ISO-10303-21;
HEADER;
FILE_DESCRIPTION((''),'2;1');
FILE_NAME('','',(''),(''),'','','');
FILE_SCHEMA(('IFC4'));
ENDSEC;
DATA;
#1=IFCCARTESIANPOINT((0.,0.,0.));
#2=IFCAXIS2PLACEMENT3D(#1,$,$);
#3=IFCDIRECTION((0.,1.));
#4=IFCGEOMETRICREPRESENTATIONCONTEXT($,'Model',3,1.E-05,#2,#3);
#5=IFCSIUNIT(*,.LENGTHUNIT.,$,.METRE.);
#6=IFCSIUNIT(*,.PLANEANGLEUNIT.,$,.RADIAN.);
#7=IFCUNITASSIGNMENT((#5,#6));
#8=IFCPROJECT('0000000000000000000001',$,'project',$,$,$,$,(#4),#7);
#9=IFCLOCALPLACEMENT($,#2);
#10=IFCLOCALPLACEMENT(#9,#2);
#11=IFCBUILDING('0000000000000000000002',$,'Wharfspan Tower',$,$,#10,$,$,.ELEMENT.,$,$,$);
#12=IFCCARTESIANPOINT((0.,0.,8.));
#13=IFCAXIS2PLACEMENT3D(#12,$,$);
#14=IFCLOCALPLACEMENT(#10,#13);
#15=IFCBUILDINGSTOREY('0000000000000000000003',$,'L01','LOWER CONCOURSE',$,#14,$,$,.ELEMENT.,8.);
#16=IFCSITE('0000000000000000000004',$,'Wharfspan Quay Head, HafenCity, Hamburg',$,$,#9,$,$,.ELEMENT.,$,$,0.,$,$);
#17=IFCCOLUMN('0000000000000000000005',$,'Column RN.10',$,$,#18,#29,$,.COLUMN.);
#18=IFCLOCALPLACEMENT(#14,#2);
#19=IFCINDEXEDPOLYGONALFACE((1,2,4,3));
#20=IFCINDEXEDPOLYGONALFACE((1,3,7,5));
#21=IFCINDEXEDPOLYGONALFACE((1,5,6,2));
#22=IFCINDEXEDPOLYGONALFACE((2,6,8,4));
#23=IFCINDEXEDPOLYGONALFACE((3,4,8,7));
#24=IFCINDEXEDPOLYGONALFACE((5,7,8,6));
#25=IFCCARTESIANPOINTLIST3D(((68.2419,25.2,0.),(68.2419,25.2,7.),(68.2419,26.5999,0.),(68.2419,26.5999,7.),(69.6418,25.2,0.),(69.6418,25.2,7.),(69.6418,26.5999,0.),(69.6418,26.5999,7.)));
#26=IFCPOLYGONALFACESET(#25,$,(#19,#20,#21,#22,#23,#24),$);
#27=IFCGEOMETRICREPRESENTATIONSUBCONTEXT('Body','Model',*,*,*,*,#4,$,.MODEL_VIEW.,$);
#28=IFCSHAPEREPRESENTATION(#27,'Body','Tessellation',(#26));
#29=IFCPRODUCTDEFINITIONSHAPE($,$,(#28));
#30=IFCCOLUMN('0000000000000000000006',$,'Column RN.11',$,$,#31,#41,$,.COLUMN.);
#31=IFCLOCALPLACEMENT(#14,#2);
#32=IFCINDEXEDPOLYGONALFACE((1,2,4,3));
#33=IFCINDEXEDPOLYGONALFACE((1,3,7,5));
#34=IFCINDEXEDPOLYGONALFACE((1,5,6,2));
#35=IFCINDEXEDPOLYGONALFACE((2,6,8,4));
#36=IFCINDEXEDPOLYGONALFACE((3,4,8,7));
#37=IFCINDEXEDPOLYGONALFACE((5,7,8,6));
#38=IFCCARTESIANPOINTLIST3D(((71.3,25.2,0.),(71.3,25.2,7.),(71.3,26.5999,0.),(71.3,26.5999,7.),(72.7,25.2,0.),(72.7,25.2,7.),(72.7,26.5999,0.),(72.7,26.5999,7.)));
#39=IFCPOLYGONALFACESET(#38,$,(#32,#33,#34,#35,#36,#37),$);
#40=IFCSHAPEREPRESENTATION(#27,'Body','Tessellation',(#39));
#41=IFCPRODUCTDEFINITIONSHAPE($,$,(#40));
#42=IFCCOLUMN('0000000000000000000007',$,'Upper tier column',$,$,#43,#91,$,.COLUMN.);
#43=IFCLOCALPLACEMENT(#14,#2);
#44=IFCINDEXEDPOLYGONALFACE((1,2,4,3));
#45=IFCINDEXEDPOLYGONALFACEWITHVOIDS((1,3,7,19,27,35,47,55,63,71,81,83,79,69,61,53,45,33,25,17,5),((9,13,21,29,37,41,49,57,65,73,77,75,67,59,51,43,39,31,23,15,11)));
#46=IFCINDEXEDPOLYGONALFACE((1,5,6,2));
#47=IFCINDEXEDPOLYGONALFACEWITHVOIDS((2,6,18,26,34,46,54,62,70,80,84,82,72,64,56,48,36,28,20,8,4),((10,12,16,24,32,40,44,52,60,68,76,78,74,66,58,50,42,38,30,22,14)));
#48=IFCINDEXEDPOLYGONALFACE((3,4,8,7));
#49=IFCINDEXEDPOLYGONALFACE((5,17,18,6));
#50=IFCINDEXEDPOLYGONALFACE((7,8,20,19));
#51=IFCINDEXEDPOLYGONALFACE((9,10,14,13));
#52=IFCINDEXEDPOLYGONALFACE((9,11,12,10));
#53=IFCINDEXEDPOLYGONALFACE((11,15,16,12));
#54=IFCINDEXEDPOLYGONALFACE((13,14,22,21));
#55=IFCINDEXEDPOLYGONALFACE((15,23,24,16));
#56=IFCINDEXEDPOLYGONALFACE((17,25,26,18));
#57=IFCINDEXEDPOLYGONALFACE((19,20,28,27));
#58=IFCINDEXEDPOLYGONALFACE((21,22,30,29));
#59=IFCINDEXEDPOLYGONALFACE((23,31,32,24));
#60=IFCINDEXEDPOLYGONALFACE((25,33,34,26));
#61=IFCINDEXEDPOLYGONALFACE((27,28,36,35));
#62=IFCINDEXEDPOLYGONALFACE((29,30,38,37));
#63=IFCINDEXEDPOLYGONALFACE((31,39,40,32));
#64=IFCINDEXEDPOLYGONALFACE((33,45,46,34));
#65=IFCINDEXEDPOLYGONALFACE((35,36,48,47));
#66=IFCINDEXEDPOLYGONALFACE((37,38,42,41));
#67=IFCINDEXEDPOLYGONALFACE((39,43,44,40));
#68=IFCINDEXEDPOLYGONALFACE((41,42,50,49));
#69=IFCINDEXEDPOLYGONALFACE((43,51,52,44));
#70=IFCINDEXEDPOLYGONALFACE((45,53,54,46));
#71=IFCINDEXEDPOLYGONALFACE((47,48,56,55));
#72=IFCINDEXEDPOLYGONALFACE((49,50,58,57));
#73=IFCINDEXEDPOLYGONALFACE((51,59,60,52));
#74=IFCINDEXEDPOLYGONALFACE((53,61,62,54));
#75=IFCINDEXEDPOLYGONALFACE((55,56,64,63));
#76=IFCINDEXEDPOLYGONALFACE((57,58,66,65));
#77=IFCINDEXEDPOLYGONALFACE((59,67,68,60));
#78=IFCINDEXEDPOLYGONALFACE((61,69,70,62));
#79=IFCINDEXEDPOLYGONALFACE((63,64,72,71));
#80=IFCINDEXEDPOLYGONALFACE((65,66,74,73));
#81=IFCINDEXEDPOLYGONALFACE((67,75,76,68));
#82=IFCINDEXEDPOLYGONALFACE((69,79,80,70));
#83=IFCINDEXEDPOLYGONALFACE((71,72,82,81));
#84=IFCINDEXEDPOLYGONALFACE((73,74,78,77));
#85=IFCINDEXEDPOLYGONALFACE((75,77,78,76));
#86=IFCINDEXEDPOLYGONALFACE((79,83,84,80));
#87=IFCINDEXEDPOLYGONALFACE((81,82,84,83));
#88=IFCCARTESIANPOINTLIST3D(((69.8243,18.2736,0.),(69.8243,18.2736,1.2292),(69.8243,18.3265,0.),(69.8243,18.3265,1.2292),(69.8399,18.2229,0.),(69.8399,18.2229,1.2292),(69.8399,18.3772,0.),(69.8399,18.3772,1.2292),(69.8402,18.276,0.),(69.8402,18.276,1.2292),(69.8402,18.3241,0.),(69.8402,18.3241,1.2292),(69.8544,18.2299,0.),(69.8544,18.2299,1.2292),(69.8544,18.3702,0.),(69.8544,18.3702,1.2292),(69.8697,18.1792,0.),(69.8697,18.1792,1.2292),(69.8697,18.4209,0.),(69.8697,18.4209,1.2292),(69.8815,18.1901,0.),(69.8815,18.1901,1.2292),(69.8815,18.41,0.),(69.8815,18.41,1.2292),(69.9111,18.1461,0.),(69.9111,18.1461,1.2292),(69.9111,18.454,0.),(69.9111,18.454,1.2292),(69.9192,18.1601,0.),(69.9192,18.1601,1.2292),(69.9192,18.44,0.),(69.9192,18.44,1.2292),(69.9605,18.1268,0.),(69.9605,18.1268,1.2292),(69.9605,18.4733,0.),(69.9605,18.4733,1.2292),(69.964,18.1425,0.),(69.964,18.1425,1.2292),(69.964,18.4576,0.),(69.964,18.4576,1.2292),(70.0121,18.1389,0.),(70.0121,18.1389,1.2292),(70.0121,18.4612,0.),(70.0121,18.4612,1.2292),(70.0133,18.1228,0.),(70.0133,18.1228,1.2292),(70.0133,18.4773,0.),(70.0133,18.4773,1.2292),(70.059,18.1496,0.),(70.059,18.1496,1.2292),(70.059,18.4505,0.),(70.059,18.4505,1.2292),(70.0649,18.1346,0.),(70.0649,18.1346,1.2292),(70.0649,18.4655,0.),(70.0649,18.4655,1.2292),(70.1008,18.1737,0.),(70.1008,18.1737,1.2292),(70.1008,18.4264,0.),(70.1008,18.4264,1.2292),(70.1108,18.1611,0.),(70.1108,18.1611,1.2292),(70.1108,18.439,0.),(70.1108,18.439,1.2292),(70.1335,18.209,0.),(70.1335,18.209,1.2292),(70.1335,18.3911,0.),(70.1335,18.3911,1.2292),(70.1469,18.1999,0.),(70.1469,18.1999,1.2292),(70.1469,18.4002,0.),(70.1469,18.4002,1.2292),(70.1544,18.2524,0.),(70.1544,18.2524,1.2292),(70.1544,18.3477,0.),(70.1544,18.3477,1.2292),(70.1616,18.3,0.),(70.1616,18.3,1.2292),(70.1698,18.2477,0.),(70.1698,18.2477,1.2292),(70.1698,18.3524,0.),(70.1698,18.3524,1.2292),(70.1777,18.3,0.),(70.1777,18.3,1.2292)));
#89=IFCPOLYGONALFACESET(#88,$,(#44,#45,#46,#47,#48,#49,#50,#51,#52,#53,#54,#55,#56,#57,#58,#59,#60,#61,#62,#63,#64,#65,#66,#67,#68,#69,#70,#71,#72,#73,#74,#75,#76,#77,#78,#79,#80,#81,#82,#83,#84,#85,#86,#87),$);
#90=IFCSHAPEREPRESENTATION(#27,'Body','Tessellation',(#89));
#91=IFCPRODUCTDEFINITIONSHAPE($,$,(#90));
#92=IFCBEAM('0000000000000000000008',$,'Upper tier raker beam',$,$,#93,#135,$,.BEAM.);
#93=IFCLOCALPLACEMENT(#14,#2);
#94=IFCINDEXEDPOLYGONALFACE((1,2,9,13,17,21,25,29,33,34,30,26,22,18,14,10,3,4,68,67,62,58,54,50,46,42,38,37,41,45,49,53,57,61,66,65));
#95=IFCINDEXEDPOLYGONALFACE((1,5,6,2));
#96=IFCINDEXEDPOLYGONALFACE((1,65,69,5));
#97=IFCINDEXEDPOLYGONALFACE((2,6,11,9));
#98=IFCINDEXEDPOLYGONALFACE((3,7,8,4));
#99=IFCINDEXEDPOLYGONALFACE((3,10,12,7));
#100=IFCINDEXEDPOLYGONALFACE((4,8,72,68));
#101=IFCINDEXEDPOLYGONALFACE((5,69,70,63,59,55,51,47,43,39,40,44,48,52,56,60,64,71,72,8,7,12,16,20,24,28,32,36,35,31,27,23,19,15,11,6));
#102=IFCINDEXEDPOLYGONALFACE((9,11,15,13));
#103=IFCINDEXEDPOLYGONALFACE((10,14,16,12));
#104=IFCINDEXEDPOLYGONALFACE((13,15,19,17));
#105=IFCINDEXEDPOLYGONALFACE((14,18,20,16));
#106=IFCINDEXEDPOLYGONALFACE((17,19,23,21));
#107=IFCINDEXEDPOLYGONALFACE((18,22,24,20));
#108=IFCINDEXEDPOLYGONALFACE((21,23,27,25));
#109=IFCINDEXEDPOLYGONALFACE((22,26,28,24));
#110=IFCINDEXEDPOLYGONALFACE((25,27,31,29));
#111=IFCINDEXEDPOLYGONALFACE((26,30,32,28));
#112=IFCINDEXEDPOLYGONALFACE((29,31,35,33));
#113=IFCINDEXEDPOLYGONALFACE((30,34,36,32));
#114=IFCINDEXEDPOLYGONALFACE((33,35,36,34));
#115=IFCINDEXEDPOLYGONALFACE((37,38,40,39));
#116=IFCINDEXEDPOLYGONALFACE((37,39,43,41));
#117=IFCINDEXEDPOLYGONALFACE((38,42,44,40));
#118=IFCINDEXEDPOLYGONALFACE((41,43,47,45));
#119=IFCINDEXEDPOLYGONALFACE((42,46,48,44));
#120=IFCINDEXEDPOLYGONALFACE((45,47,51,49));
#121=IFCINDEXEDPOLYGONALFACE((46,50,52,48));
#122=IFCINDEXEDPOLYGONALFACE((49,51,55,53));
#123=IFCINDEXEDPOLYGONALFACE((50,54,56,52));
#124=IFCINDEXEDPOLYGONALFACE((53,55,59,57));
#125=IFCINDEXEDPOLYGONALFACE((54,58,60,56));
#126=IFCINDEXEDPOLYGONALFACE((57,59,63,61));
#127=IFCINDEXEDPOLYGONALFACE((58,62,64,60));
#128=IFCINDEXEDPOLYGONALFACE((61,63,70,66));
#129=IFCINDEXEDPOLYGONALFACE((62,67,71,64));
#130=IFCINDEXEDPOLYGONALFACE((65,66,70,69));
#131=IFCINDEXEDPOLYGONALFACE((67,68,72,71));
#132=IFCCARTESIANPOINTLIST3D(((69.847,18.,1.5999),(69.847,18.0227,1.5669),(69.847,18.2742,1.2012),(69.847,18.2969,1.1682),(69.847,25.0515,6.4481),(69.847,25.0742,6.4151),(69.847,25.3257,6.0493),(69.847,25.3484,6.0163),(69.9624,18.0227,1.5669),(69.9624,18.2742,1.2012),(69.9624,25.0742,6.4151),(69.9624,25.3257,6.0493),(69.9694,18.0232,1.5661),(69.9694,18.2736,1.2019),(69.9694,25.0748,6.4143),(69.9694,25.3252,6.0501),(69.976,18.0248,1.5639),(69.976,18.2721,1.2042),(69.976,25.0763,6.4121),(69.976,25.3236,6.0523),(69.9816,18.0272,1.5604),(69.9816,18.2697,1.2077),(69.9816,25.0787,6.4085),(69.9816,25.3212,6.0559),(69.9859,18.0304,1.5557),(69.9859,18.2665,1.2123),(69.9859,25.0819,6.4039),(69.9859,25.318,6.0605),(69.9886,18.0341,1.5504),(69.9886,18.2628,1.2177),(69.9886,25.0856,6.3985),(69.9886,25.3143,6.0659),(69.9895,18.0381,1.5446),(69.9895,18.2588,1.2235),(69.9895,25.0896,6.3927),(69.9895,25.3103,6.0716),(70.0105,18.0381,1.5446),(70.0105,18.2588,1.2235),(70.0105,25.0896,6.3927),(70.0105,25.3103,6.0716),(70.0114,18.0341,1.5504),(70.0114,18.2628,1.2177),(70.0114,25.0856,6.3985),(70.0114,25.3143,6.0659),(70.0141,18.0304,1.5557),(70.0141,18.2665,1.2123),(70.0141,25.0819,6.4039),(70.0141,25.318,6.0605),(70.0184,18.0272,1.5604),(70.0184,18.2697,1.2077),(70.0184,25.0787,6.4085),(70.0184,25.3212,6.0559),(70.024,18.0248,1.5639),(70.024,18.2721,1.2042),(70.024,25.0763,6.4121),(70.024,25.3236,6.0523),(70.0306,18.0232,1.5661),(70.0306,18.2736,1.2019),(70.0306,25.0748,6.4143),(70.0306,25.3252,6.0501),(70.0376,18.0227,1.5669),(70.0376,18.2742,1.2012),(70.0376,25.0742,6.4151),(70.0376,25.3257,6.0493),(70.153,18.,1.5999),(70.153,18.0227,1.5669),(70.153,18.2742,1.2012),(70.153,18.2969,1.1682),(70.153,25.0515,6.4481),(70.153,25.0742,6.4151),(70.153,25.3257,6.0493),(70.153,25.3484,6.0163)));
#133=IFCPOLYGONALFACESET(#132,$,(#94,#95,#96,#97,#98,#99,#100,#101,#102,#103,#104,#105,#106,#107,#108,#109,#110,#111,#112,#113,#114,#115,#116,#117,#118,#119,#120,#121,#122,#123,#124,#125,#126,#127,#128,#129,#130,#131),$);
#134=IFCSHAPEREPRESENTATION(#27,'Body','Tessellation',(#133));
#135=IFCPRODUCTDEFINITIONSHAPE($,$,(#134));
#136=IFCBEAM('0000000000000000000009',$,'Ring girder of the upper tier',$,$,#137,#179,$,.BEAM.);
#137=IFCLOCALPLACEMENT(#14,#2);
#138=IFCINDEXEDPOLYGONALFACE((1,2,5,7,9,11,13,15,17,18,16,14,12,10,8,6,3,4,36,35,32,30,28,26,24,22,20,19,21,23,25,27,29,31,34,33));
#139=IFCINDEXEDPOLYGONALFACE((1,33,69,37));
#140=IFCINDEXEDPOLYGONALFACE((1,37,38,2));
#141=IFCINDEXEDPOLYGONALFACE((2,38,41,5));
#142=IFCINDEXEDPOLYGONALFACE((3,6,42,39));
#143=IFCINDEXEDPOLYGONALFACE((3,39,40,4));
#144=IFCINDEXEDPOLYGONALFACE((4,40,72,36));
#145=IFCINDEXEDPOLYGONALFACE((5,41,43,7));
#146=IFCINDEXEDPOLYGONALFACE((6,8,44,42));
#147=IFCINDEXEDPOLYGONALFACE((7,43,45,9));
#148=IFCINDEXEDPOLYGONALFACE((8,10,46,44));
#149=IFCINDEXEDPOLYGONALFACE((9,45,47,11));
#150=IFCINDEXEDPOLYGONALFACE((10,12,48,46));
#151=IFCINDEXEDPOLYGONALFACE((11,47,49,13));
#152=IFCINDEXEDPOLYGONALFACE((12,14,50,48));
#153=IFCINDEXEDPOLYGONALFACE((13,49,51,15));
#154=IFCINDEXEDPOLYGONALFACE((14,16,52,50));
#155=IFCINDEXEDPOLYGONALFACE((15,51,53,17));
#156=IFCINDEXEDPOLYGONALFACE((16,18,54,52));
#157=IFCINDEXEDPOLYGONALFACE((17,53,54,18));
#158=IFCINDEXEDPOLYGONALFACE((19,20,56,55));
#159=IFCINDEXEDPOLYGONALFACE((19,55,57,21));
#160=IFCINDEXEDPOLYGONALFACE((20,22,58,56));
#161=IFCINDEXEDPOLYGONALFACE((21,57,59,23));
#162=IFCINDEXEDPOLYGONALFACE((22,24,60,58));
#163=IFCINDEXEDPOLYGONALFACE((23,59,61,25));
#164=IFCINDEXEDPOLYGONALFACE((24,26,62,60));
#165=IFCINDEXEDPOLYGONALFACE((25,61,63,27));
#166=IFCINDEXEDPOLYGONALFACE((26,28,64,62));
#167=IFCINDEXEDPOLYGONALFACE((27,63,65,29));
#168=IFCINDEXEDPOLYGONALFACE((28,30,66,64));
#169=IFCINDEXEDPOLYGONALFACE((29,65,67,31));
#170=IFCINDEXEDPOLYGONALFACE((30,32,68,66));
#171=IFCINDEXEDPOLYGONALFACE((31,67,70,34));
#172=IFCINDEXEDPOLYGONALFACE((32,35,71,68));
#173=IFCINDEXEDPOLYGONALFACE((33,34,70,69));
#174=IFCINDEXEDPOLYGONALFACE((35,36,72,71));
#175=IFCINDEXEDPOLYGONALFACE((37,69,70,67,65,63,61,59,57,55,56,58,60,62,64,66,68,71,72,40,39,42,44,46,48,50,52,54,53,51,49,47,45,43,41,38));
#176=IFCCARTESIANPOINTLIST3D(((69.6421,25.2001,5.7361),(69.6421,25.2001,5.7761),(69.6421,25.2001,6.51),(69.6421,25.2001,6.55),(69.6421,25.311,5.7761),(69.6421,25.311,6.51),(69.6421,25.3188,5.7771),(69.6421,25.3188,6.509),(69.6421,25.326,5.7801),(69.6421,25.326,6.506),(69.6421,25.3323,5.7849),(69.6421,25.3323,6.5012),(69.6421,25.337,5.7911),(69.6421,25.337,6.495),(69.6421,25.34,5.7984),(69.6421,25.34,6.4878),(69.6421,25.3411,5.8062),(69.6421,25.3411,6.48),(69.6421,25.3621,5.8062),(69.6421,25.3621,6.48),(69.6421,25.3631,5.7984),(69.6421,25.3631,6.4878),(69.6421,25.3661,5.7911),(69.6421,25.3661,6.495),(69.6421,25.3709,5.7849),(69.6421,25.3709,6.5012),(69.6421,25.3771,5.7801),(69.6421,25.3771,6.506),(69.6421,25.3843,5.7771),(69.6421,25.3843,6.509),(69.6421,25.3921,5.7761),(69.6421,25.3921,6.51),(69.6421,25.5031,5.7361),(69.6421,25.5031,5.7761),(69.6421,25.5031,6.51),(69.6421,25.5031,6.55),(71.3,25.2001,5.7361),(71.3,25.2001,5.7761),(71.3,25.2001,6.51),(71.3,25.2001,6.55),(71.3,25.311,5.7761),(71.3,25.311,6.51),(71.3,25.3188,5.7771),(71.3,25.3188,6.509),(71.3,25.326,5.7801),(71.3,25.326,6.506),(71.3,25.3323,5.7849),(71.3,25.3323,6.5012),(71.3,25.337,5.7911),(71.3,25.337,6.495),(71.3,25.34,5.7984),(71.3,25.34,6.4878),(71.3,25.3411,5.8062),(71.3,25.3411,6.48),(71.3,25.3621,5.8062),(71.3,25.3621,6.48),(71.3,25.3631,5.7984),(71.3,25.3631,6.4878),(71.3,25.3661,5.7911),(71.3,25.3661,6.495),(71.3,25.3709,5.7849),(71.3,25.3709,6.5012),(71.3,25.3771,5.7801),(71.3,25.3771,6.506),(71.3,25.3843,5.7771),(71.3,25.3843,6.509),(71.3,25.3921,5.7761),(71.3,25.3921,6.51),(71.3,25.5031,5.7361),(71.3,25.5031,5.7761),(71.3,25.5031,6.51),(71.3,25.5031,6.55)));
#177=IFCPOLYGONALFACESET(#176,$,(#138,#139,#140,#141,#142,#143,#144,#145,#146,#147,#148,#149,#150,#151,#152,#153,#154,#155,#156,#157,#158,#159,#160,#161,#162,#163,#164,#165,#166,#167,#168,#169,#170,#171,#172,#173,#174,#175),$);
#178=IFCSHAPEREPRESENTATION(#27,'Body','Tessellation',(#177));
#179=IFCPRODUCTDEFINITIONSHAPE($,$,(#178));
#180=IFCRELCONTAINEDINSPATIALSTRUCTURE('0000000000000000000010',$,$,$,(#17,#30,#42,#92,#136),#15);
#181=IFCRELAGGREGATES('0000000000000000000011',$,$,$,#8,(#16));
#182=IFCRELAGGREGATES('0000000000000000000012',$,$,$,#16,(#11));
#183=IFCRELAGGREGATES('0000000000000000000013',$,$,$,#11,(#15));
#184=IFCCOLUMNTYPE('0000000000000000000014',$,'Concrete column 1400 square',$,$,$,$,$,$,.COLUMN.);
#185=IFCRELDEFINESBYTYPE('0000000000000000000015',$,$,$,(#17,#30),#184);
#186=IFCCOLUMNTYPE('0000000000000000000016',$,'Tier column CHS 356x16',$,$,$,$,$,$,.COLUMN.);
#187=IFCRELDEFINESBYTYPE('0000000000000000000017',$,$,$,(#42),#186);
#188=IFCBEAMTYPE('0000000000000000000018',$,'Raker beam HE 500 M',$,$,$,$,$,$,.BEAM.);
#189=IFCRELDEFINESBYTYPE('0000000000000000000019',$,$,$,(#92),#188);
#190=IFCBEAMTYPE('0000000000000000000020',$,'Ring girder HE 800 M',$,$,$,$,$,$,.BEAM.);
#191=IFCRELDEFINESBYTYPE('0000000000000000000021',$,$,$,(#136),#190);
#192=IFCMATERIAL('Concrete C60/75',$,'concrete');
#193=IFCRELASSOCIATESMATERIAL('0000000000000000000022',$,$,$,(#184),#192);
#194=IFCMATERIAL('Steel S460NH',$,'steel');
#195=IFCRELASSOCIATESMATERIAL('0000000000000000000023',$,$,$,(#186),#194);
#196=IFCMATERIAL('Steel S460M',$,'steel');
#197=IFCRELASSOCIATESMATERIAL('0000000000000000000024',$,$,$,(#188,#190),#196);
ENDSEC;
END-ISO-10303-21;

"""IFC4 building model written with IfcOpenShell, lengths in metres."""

from ifc_helpers import new_model, si_unit, direction, frame, origin, origin_2d, place, context, subcontext, project, spatial, rectangle, hollow_circle, i_section, extrude, material, material_profile, profile_set, type_object, element, save


model = new_model("IFC4")

# Units and contexts
model_context = context("Model", 3, precision=1e-05, world=origin(), true_north=direction((0.0, 1.0)))
body_context = subcontext(model_context, "Body", "Model", "MODEL_VIEW")
ifc_project = project(units=[si_unit("LENGTHUNIT", "METRE"), si_unit("PLANEANGLEUNIT", "RADIAN")], contexts=[model_context])

# Site, building, storey
site_placement = place(None, origin())
site = spatial("IfcSite", under=ifc_project, at=site_placement, Name="Wharfspan Quay Head, HafenCity, Hamburg", CompositionType="ELEMENT", RefElevation=0.0)
building_placement = place(site_placement, origin())
building = spatial("IfcBuilding", under=site, at=building_placement, Name="Wharfspan Tower", CompositionType="ELEMENT")
storey_placement = place(building_placement, frame((0.0, 0.0, 8.0)))
storey = spatial("IfcBuildingStorey", under=building, at=storey_placement, Name="L01", Description="LOWER CONCOURSE", CompositionType="ELEMENT", Elevation=8.0)

# Columns
ifc_material_1 = material(Name="Concrete C60/75", Category="concrete")
ifc_material_profile_1 = material_profile(ifc_material_1, rectangle(XDim=1.3999, YDim=1.3999, at=origin_2d()))
ifc_profile_set_1 = profile_set([ifc_material_profile_1], Name="Concrete C60/75")
column_type_1 = type_object("IfcColumnType", Name="Concrete column 1400 square", PredefinedType="COLUMN", material=ifc_profile_set_1)
for number, where, z_axis, x_axis, name in (
    (1, (68.9419, 25.8999, 0.0), (0.0, 0.0, 1.0), (1.0, 0.0, 0.0), "Column RN.10"),
    (2, (72.0, 25.8999, 0.0), (0.0, 0.0, 1.0), (1.0, 0.0, 0.0), "Column RN.11"),
):
    element("IfcColumn", number, at=place(storey_placement, frame(where, z_axis=z_axis, x_axis=x_axis)), inside=storey, type_object=column_type_1, Name=name, PredefinedType="COLUMN", context=body_context, shape_type="SweptSolid", body=[
        extrude(rectangle(XDim=1.3999, YDim=1.3999, at=origin_2d()), origin(), (0.0, 0.0, 1.0), 7.0),
    ])
ifc_material_2 = material(Name="Steel S460NH", Category="steel")
ifc_material_profile_2 = material_profile(ifc_material_2, hollow_circle(Radius=0.1777, WallThickness=0.0161, at=origin_2d()))
ifc_profile_set_2 = profile_set([ifc_material_profile_2], Name="Steel S460NH")
column_type_2 = type_object("IfcColumnType", Name="Tier column CHS 356x16", PredefinedType="COLUMN", material=ifc_profile_set_2)
column_placement = place(storey_placement, frame((70.0, 18.3, 0.0), z_axis=(0.0, 0.0, 1.0), x_axis=(1.0, 0.0, 0.0)))
element("IfcColumn", 3, at=column_placement, inside=storey, type_object=column_type_2, Name="Upper tier column", PredefinedType="COLUMN", context=body_context, shape_type="SweptSolid", body=[
    extrude(hollow_circle(Radius=0.1777, WallThickness=0.0161, at=origin_2d()), origin(), (0.0, 0.0, 1.0), 1.2292),
])

# Beams
ifc_material_3 = material(Name="Steel S460M", Category="steel")
ifc_material_profile_3 = material_profile(ifc_material_3, i_section(OverallWidth=0.3059, OverallDepth=0.5239, WebThickness=0.021, FlangeThickness=0.04, FilletRadius=0.0271, at=origin_2d()))
ifc_profile_set_3 = profile_set([ifc_material_profile_3], Name="Steel S460M")
beam_type_1 = type_object("IfcBeamType", Name="Raker beam HE 500 M", PredefinedType="BEAM", material=ifc_profile_set_3)
beam_1_placement = place(storey_placement, frame((70.0, 18.1484, 1.384), z_axis=(0.0, 0.824029, 0.566547), x_axis=(-1.0, 0.0, 0.0)))
element("IfcBeam", 4, at=beam_1_placement, inside=storey, type_object=beam_type_1, Name="Upper tier raker beam", PredefinedType="BEAM", context=body_context, shape_type="SweptSolid", body=[
    extrude(i_section(OverallWidth=0.3059, OverallDepth=0.5239, WebThickness=0.021, FlangeThickness=0.04, FilletRadius=0.0271, at=origin_2d()), origin(), (0.0, 0.0, 1.0), 8.5574),
])
ifc_material_profile_4 = material_profile(ifc_material_3, i_section(OverallWidth=0.303, OverallDepth=0.814, WebThickness=0.021, FlangeThickness=0.04, FilletRadius=0.03, at=origin_2d()))
ifc_profile_set_4 = profile_set([ifc_material_profile_4], Name="Steel S460M")
beam_type_2 = type_object("IfcBeamType", Name="Ring girder HE 800 M", PredefinedType="BEAM", material=ifc_profile_set_4)
beam_2_placement = place(storey_placement, frame((69.6421, 25.3516, 6.1431), z_axis=(1.0, 0.0, 0.0), x_axis=(0.0, 1.0, 0.0)))
element("IfcBeam", 5, at=beam_2_placement, inside=storey, type_object=beam_type_2, Name="Ring girder of the upper tier", PredefinedType="BEAM", context=body_context, shape_type="SweptSolid", body=[
    extrude(i_section(OverallWidth=0.303, OverallDepth=0.814, WebThickness=0.021, FlangeThickness=0.04, FilletRadius=0.03, at=origin_2d()), origin(), (0.0, 0.0, 1.0), 1.658),
])

save(model, "model.ifc")
